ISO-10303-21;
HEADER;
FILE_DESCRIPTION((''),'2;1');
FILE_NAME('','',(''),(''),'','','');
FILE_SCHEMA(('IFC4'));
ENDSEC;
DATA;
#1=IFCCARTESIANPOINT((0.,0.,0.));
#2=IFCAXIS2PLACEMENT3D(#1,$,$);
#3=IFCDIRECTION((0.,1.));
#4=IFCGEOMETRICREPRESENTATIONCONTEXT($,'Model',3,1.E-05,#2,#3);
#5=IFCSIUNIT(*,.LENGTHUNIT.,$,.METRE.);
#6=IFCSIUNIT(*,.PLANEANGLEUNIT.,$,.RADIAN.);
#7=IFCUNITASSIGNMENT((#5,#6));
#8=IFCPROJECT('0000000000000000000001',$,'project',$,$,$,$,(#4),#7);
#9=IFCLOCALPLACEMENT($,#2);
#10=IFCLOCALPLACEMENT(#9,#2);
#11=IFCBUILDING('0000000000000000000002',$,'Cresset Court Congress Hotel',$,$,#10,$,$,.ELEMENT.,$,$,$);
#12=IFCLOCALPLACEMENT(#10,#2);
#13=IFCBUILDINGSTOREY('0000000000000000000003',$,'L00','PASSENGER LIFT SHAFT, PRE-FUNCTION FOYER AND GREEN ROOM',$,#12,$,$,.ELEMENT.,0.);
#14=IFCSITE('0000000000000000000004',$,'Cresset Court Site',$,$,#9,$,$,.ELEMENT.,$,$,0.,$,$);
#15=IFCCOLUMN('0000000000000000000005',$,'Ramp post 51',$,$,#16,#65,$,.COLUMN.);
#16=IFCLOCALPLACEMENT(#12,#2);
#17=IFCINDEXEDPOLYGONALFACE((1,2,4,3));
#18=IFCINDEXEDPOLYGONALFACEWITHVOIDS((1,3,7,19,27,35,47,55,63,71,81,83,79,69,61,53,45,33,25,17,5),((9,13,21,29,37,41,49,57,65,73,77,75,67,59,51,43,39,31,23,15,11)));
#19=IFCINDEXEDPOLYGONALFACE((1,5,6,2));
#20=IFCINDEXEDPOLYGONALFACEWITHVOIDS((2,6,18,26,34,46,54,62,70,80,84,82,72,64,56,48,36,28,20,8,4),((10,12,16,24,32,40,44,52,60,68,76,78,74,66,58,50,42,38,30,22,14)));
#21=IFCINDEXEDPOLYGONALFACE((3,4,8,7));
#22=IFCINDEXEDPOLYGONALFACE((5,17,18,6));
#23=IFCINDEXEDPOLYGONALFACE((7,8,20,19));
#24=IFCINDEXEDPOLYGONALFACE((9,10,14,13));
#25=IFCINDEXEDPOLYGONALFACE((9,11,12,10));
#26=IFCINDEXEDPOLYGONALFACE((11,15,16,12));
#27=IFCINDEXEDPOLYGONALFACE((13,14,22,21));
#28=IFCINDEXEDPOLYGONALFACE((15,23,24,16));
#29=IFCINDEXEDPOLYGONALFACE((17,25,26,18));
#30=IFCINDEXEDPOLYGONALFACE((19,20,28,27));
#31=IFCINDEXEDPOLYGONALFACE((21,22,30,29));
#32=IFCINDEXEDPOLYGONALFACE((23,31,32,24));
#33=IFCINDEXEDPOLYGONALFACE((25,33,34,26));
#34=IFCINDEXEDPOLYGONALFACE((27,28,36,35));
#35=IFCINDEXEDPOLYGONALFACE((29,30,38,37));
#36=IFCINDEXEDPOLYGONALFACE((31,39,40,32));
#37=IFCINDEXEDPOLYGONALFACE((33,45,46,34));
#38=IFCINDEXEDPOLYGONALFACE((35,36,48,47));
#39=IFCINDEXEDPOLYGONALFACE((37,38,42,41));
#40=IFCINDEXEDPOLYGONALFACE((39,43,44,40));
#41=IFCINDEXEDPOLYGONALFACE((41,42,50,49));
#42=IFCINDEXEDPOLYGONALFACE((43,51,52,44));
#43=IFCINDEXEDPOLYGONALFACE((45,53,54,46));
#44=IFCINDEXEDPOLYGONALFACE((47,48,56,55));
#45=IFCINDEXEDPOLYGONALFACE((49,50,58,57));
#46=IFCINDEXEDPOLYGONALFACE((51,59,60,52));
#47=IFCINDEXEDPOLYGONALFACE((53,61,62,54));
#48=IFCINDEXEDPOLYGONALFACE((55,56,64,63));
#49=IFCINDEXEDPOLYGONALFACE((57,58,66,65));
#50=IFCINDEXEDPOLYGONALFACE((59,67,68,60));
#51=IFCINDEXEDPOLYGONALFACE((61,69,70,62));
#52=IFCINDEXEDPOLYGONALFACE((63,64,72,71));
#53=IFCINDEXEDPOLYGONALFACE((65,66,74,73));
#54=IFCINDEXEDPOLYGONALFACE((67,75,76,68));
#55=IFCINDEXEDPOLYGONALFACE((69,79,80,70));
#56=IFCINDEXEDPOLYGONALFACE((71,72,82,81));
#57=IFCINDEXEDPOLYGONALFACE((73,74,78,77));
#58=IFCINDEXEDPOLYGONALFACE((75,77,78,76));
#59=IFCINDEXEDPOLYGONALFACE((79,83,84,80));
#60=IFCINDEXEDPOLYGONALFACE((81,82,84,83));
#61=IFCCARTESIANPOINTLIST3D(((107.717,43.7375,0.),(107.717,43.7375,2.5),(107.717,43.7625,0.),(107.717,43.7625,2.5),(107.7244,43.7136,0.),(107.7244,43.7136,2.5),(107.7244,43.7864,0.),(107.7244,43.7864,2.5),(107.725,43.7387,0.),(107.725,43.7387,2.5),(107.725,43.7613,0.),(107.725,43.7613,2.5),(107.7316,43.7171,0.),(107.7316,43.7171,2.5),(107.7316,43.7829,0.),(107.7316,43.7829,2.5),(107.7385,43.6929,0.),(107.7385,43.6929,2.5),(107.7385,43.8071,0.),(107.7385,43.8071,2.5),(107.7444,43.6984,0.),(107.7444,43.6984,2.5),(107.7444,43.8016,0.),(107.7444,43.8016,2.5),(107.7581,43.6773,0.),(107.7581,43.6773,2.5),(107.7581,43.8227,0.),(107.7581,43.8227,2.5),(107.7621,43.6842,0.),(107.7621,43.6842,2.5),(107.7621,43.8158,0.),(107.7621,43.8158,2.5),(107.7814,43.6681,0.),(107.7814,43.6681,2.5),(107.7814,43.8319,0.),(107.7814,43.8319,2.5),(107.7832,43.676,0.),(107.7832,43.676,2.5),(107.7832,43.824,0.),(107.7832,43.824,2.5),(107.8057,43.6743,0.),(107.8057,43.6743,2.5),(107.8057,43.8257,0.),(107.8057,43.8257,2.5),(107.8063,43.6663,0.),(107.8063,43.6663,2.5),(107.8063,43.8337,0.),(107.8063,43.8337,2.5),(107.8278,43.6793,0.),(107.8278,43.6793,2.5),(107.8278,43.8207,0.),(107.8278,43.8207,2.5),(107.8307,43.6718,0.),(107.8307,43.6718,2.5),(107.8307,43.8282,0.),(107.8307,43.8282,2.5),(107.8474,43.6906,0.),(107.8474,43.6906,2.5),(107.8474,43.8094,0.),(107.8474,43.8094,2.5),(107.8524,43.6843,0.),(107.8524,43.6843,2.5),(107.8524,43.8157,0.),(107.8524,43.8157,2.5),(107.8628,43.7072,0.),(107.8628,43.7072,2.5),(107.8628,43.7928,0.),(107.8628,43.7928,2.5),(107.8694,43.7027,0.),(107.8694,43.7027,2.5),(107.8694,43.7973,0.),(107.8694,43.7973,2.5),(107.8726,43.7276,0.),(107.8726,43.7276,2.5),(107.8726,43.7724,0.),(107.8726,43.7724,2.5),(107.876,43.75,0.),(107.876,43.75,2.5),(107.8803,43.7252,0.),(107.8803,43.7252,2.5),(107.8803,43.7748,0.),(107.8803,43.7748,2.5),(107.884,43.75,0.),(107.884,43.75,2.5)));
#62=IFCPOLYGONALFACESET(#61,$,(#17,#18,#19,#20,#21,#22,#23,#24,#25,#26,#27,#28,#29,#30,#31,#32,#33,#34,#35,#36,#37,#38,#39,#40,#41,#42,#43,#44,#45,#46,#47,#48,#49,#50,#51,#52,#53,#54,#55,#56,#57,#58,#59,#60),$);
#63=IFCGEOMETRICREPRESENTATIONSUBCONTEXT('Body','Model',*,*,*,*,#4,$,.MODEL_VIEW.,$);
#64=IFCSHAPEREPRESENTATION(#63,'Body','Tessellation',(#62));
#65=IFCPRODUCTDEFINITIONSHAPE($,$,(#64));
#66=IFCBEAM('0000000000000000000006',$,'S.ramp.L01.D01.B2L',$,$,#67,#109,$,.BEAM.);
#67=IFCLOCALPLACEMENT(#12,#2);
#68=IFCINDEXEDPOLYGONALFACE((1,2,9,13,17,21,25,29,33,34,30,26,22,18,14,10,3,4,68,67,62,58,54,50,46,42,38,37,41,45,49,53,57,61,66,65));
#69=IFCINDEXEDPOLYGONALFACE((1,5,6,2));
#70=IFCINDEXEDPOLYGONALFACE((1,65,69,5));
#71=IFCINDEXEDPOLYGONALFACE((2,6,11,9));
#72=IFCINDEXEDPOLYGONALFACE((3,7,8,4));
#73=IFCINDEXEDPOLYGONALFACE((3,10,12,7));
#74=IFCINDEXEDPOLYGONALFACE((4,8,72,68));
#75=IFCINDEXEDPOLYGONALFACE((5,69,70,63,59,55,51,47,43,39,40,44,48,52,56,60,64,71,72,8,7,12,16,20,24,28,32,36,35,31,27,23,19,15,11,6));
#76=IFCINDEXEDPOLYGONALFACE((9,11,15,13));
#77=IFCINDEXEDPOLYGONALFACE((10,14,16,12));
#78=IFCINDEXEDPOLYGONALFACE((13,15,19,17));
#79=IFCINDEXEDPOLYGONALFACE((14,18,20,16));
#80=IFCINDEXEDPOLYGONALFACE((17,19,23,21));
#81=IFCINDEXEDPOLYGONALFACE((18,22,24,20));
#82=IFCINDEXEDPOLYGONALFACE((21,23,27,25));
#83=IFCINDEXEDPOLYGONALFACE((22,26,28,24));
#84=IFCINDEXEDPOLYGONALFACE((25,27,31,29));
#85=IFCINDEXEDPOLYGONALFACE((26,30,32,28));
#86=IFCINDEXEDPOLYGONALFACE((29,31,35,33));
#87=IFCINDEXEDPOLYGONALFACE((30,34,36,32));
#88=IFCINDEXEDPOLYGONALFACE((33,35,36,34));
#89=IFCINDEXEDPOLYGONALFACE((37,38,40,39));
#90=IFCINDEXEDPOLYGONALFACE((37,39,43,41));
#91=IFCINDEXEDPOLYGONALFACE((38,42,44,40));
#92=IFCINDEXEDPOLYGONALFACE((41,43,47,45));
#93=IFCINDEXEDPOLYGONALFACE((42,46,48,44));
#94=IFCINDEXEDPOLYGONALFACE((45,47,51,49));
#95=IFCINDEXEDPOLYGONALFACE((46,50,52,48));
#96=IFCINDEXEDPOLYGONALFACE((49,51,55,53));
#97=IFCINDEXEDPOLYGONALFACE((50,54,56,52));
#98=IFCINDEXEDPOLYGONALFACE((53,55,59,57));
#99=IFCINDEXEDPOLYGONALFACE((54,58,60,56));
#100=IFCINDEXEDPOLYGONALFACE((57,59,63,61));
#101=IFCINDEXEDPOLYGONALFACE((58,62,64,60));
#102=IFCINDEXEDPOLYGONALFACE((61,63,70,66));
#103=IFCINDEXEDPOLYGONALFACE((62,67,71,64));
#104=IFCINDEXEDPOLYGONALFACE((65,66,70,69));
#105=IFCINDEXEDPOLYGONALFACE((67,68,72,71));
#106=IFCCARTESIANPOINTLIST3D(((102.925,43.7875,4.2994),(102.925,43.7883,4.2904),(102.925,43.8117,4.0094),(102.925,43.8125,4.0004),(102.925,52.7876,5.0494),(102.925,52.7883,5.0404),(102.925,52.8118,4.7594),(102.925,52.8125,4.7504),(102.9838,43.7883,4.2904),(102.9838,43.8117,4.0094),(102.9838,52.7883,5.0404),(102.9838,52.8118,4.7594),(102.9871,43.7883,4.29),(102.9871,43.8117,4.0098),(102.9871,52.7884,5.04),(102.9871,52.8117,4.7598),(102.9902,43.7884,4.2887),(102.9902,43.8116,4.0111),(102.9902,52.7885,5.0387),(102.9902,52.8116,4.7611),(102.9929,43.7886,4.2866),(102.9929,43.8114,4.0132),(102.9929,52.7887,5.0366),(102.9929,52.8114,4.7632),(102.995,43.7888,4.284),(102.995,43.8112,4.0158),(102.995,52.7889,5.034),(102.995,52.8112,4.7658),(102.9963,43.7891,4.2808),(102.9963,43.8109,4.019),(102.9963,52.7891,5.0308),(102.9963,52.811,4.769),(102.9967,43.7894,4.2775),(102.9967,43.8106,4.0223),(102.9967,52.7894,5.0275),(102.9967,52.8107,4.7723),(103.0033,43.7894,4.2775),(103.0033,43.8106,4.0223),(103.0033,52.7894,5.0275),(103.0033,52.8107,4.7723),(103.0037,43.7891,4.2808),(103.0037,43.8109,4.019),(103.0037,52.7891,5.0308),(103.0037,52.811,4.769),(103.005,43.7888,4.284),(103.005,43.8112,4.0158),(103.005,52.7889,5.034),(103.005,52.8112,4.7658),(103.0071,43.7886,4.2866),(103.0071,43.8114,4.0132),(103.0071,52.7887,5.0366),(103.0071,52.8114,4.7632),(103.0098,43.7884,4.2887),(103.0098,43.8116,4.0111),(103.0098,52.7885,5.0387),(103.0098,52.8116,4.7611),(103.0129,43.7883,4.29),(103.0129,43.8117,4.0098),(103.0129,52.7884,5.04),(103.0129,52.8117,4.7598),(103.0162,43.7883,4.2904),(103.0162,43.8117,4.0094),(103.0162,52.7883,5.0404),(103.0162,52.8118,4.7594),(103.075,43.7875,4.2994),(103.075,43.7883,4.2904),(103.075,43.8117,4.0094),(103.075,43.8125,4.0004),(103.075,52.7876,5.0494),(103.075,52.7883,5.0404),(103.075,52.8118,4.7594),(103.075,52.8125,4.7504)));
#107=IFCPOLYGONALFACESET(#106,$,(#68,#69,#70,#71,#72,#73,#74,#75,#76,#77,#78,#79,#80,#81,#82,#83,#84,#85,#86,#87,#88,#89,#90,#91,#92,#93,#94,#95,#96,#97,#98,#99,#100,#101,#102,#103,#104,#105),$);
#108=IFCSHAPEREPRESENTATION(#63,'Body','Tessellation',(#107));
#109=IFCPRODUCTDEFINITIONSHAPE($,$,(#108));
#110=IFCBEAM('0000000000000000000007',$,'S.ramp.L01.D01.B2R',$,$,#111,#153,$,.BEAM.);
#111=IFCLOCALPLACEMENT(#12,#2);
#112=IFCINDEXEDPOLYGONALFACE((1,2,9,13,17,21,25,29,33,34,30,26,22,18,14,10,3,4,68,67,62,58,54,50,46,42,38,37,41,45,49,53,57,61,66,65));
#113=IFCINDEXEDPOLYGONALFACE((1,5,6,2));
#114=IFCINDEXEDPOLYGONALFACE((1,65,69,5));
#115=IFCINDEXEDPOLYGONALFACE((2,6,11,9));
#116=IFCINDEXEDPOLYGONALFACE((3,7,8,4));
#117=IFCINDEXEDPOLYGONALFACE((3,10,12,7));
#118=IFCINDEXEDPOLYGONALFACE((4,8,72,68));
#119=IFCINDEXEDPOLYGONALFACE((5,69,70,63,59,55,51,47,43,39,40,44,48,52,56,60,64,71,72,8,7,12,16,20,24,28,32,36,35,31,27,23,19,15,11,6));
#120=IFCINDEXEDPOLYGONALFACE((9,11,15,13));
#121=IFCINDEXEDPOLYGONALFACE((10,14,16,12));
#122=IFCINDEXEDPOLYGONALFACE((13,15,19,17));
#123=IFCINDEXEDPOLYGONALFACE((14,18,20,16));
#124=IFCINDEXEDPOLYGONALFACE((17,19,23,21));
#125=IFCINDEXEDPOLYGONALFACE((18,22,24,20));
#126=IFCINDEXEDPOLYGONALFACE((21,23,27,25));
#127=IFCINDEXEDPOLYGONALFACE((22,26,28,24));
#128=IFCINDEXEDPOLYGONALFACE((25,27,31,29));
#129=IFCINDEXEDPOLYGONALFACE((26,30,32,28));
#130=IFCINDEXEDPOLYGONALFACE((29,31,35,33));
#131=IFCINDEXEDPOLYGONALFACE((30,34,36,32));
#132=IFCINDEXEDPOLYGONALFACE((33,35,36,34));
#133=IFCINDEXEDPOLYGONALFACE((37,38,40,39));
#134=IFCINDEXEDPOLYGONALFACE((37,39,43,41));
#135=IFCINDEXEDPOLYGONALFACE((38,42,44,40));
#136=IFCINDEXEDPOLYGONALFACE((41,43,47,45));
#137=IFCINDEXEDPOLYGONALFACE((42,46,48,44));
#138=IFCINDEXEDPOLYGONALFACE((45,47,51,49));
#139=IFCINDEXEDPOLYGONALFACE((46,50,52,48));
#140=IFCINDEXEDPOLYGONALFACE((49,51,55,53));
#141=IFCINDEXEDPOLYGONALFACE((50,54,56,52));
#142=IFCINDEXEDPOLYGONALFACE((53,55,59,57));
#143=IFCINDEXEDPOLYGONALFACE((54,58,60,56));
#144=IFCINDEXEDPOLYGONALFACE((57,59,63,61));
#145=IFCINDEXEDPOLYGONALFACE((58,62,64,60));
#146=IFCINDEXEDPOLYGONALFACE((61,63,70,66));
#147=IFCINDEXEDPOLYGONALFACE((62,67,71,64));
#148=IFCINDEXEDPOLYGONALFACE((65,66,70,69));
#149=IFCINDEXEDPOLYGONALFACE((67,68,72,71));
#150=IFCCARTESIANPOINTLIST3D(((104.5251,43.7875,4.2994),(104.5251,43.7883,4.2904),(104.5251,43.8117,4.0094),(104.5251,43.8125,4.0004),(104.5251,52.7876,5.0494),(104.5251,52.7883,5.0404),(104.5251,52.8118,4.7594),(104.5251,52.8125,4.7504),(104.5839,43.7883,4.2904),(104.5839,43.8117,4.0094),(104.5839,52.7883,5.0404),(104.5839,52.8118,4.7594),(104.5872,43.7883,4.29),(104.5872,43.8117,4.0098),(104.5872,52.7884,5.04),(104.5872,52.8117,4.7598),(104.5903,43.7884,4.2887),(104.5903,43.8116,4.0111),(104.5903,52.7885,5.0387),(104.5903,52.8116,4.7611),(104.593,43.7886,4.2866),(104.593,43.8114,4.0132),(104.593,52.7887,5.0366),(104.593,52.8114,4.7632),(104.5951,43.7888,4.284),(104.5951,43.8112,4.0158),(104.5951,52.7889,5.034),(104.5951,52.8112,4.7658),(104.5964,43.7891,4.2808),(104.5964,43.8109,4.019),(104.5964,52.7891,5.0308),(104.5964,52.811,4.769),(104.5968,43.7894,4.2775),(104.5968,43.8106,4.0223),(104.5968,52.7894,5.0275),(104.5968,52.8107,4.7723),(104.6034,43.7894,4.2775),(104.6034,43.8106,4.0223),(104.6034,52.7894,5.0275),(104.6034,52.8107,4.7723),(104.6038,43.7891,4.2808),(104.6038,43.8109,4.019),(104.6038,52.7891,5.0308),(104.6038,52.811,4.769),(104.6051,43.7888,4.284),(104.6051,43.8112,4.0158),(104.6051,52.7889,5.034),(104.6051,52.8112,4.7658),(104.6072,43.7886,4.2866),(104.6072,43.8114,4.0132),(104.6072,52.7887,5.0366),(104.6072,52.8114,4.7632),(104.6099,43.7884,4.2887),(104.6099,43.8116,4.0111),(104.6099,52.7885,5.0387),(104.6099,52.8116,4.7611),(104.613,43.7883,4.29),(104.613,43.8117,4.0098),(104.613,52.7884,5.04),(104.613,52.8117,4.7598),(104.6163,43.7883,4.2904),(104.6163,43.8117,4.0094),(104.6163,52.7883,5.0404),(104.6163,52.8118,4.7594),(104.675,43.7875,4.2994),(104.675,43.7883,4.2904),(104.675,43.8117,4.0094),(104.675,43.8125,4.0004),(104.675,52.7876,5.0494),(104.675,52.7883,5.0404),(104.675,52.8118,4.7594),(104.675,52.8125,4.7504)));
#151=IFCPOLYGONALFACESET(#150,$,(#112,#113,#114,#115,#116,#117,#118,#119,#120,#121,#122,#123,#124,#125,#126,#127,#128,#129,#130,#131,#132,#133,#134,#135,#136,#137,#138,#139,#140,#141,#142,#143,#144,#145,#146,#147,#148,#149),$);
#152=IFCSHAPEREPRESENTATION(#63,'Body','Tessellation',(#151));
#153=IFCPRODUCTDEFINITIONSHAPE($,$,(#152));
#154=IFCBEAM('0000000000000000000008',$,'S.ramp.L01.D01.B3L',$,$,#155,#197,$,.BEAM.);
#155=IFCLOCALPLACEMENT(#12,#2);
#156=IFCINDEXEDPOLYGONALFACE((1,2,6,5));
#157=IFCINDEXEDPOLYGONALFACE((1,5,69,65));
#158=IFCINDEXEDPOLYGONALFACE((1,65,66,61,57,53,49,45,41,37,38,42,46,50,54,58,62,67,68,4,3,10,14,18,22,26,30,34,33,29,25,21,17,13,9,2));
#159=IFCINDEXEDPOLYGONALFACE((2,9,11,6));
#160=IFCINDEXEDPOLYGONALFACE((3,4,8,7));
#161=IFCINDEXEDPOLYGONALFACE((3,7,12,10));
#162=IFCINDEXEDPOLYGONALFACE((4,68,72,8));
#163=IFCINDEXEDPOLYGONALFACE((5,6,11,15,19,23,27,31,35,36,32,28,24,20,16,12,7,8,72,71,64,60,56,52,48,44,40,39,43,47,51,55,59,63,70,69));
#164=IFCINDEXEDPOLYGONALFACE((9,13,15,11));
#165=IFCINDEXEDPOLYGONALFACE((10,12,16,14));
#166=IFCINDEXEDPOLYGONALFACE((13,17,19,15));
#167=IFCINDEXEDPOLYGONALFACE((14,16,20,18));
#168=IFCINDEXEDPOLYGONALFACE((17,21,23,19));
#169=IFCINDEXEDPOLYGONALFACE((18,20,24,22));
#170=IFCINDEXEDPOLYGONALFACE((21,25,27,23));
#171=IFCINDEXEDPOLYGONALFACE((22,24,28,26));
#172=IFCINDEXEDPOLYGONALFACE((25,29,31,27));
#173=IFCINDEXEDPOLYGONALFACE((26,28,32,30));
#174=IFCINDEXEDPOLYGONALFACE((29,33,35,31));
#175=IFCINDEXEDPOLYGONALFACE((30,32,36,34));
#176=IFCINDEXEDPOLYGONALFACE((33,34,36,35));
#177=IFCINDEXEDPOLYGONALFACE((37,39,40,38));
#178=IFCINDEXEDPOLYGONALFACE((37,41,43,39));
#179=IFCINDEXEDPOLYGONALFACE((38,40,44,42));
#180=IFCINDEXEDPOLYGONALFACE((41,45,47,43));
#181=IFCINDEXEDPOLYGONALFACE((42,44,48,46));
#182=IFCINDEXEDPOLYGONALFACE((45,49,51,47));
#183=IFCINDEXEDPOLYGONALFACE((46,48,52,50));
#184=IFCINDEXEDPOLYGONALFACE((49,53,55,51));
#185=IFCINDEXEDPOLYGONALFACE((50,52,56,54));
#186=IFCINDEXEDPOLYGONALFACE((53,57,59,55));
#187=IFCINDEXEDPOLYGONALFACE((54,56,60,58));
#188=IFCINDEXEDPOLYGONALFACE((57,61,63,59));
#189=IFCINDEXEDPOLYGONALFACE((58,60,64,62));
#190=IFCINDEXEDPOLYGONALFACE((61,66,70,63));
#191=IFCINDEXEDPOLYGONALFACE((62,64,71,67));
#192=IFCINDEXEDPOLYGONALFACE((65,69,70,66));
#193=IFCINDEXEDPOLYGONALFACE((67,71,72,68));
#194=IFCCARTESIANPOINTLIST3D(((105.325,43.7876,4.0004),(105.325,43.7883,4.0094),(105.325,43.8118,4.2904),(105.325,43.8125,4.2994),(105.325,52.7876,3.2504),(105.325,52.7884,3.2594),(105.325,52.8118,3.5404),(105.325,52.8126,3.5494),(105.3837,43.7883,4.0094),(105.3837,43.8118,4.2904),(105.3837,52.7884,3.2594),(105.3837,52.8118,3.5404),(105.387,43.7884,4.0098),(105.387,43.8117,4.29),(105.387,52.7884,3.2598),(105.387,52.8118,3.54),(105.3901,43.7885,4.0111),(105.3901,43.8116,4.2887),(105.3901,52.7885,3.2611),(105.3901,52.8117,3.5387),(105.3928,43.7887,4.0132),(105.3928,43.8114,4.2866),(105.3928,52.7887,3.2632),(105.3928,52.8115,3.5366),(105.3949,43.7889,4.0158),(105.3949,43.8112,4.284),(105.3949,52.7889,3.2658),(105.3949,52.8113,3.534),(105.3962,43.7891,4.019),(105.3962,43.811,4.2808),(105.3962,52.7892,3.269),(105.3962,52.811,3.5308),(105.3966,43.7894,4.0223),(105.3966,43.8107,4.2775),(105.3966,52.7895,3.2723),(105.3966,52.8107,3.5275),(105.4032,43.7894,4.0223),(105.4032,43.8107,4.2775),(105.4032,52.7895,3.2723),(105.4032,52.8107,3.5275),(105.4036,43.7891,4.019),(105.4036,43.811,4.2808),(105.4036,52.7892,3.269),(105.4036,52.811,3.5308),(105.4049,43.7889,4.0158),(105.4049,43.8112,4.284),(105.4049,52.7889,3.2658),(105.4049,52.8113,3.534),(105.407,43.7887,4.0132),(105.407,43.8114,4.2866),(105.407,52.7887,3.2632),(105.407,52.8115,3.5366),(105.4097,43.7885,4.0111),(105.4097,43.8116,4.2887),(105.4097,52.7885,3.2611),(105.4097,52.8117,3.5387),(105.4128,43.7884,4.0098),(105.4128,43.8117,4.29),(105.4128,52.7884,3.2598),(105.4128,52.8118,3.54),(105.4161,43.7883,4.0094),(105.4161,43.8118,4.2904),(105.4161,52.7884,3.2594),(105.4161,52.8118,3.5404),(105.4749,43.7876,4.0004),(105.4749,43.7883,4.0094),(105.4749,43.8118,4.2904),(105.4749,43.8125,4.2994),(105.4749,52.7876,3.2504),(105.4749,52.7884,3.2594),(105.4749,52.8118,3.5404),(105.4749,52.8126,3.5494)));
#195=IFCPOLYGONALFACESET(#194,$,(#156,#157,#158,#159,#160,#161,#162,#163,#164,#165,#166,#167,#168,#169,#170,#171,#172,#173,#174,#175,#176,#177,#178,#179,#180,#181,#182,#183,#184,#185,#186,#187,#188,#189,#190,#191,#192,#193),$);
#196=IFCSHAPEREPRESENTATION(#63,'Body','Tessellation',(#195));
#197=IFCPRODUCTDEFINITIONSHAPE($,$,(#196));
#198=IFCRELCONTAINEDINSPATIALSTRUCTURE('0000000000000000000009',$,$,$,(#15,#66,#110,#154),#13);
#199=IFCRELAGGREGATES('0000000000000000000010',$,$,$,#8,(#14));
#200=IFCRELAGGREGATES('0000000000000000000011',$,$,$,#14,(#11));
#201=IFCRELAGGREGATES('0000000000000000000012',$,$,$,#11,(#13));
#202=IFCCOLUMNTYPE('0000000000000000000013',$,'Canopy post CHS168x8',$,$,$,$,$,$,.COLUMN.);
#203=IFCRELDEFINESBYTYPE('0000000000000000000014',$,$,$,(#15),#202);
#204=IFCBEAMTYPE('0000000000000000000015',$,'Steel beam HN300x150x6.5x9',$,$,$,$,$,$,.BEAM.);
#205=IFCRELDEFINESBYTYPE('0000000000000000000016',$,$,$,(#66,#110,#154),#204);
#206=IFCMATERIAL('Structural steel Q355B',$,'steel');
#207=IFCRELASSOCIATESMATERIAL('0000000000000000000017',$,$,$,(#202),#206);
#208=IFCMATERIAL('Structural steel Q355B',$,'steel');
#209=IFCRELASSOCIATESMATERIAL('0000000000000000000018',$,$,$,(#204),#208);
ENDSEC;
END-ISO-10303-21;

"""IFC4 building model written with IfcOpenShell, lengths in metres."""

from ifc_helpers import new_model, si_unit, direction, frame, origin, origin_2d, place, context, subcontext, project, spatial, hollow_circle, i_section, extrude, material, material_profile, profile_set, type_object, element, save


model = new_model("IFC4")

# Units and contexts
model_context = context("Model", 3, precision=1e-05, world=origin(), true_north=direction((0.0, 1.0)))
body_context = subcontext(model_context, "Body", "Model", "MODEL_VIEW")
ifc_project = project(units=[si_unit("LENGTHUNIT", "METRE"), si_unit("PLANEANGLEUNIT", "RADIAN")], contexts=[model_context])

# Site, building, storey
site_placement = place(None, origin())
site = spatial("IfcSite", under=ifc_project, at=site_placement, Name="Cresset Court Site", CompositionType="ELEMENT", RefElevation=0.0)
building_placement = place(site_placement, origin())
building = spatial("IfcBuilding", under=site, at=building_placement, Name="Cresset Court Congress Hotel", CompositionType="ELEMENT")
storey_placement = place(building_placement, origin())
storey = spatial("IfcBuildingStorey", under=building, at=storey_placement, Name="L00", Description="PASSENGER LIFT SHAFT, PRE-FUNCTION FOYER AND GREEN ROOM", CompositionType="ELEMENT", Elevation=0.0)

# Column
ifc_material_1 = material(Name="Structural steel Q355B", Category="steel")
ifc_material_profile_1 = material_profile(ifc_material_1, hollow_circle(Radius=0.084, WallThickness=0.0081, at=origin_2d()), Name="CHS168x8")
ifc_profile_set_1 = profile_set([ifc_material_profile_1], Name="Structural steel Q355B")
column_type = type_object("IfcColumnType", Name="Canopy post CHS168x8", PredefinedType="COLUMN", material=ifc_profile_set_1)
column_placement = place(storey_placement, frame((107.8, 43.75, 0.0), z_axis=(0.0, 0.0, 1.0), x_axis=(1.0, 0.0, 0.0)))
element("IfcColumn", 1, at=column_placement, inside=storey, type_object=column_type, Name="Ramp post 51", PredefinedType="COLUMN", context=body_context, shape_type="SweptSolid", body=[
    extrude(hollow_circle(Radius=0.084, WallThickness=0.0081, at=origin_2d()), origin(), (0.0, 0.0, 1.0), 2.5),
])

# Beams
ifc_material_2 = material(Name="Structural steel Q355B", Category="steel")
ifc_material_profile_2 = material_profile(ifc_material_2, i_section(OverallWidth=0.1499, OverallDepth=0.3, WebThickness=0.0066, FlangeThickness=0.009, FilletRadius=0.0129, at=origin_2d()), Name="HN300x150x6.5x9")
ifc_profile_set_2 = profile_set([ifc_material_profile_2], Name="Structural steel Q355B")
beam_type = type_object("IfcBeamType", Name="Steel beam HN300x150x6.5x9", PredefinedType="BEAM", material=ifc_profile_set_2)
for number, where, z_axis, x_axis, name in (
    (2, (103.0, 52.8, 4.8999), (0.0, -0.996546, -0.083045), (1.0, 0.0, 0.0), "S.ramp.L01.D01.B2L"),
    (3, (104.6001, 52.8, 4.8999), (0.0, -0.996546, -0.083045), (1.0, 0.0, 0.0), "S.ramp.L01.D01.B2R"),
    (4, (105.3999, 43.8, 4.1499), (0.0, 0.996546, -0.083045), (-1.0, 0.0, 0.0), "S.ramp.L01.D01.B3L"),
):
    element("IfcBeam", number, at=place(storey_placement, frame(where, z_axis=z_axis, x_axis=x_axis)), inside=storey, type_object=beam_type, Name=name, PredefinedType="BEAM", context=body_context, shape_type="SweptSolid", body=[
        extrude(i_section(OverallWidth=0.1499, OverallDepth=0.3, WebThickness=0.0066, FlangeThickness=0.009, FilletRadius=0.0129, at=origin_2d()), origin(), (0.0, 0.0, 1.0), 9.0312),
    ])

save(model, "model.ifc")
